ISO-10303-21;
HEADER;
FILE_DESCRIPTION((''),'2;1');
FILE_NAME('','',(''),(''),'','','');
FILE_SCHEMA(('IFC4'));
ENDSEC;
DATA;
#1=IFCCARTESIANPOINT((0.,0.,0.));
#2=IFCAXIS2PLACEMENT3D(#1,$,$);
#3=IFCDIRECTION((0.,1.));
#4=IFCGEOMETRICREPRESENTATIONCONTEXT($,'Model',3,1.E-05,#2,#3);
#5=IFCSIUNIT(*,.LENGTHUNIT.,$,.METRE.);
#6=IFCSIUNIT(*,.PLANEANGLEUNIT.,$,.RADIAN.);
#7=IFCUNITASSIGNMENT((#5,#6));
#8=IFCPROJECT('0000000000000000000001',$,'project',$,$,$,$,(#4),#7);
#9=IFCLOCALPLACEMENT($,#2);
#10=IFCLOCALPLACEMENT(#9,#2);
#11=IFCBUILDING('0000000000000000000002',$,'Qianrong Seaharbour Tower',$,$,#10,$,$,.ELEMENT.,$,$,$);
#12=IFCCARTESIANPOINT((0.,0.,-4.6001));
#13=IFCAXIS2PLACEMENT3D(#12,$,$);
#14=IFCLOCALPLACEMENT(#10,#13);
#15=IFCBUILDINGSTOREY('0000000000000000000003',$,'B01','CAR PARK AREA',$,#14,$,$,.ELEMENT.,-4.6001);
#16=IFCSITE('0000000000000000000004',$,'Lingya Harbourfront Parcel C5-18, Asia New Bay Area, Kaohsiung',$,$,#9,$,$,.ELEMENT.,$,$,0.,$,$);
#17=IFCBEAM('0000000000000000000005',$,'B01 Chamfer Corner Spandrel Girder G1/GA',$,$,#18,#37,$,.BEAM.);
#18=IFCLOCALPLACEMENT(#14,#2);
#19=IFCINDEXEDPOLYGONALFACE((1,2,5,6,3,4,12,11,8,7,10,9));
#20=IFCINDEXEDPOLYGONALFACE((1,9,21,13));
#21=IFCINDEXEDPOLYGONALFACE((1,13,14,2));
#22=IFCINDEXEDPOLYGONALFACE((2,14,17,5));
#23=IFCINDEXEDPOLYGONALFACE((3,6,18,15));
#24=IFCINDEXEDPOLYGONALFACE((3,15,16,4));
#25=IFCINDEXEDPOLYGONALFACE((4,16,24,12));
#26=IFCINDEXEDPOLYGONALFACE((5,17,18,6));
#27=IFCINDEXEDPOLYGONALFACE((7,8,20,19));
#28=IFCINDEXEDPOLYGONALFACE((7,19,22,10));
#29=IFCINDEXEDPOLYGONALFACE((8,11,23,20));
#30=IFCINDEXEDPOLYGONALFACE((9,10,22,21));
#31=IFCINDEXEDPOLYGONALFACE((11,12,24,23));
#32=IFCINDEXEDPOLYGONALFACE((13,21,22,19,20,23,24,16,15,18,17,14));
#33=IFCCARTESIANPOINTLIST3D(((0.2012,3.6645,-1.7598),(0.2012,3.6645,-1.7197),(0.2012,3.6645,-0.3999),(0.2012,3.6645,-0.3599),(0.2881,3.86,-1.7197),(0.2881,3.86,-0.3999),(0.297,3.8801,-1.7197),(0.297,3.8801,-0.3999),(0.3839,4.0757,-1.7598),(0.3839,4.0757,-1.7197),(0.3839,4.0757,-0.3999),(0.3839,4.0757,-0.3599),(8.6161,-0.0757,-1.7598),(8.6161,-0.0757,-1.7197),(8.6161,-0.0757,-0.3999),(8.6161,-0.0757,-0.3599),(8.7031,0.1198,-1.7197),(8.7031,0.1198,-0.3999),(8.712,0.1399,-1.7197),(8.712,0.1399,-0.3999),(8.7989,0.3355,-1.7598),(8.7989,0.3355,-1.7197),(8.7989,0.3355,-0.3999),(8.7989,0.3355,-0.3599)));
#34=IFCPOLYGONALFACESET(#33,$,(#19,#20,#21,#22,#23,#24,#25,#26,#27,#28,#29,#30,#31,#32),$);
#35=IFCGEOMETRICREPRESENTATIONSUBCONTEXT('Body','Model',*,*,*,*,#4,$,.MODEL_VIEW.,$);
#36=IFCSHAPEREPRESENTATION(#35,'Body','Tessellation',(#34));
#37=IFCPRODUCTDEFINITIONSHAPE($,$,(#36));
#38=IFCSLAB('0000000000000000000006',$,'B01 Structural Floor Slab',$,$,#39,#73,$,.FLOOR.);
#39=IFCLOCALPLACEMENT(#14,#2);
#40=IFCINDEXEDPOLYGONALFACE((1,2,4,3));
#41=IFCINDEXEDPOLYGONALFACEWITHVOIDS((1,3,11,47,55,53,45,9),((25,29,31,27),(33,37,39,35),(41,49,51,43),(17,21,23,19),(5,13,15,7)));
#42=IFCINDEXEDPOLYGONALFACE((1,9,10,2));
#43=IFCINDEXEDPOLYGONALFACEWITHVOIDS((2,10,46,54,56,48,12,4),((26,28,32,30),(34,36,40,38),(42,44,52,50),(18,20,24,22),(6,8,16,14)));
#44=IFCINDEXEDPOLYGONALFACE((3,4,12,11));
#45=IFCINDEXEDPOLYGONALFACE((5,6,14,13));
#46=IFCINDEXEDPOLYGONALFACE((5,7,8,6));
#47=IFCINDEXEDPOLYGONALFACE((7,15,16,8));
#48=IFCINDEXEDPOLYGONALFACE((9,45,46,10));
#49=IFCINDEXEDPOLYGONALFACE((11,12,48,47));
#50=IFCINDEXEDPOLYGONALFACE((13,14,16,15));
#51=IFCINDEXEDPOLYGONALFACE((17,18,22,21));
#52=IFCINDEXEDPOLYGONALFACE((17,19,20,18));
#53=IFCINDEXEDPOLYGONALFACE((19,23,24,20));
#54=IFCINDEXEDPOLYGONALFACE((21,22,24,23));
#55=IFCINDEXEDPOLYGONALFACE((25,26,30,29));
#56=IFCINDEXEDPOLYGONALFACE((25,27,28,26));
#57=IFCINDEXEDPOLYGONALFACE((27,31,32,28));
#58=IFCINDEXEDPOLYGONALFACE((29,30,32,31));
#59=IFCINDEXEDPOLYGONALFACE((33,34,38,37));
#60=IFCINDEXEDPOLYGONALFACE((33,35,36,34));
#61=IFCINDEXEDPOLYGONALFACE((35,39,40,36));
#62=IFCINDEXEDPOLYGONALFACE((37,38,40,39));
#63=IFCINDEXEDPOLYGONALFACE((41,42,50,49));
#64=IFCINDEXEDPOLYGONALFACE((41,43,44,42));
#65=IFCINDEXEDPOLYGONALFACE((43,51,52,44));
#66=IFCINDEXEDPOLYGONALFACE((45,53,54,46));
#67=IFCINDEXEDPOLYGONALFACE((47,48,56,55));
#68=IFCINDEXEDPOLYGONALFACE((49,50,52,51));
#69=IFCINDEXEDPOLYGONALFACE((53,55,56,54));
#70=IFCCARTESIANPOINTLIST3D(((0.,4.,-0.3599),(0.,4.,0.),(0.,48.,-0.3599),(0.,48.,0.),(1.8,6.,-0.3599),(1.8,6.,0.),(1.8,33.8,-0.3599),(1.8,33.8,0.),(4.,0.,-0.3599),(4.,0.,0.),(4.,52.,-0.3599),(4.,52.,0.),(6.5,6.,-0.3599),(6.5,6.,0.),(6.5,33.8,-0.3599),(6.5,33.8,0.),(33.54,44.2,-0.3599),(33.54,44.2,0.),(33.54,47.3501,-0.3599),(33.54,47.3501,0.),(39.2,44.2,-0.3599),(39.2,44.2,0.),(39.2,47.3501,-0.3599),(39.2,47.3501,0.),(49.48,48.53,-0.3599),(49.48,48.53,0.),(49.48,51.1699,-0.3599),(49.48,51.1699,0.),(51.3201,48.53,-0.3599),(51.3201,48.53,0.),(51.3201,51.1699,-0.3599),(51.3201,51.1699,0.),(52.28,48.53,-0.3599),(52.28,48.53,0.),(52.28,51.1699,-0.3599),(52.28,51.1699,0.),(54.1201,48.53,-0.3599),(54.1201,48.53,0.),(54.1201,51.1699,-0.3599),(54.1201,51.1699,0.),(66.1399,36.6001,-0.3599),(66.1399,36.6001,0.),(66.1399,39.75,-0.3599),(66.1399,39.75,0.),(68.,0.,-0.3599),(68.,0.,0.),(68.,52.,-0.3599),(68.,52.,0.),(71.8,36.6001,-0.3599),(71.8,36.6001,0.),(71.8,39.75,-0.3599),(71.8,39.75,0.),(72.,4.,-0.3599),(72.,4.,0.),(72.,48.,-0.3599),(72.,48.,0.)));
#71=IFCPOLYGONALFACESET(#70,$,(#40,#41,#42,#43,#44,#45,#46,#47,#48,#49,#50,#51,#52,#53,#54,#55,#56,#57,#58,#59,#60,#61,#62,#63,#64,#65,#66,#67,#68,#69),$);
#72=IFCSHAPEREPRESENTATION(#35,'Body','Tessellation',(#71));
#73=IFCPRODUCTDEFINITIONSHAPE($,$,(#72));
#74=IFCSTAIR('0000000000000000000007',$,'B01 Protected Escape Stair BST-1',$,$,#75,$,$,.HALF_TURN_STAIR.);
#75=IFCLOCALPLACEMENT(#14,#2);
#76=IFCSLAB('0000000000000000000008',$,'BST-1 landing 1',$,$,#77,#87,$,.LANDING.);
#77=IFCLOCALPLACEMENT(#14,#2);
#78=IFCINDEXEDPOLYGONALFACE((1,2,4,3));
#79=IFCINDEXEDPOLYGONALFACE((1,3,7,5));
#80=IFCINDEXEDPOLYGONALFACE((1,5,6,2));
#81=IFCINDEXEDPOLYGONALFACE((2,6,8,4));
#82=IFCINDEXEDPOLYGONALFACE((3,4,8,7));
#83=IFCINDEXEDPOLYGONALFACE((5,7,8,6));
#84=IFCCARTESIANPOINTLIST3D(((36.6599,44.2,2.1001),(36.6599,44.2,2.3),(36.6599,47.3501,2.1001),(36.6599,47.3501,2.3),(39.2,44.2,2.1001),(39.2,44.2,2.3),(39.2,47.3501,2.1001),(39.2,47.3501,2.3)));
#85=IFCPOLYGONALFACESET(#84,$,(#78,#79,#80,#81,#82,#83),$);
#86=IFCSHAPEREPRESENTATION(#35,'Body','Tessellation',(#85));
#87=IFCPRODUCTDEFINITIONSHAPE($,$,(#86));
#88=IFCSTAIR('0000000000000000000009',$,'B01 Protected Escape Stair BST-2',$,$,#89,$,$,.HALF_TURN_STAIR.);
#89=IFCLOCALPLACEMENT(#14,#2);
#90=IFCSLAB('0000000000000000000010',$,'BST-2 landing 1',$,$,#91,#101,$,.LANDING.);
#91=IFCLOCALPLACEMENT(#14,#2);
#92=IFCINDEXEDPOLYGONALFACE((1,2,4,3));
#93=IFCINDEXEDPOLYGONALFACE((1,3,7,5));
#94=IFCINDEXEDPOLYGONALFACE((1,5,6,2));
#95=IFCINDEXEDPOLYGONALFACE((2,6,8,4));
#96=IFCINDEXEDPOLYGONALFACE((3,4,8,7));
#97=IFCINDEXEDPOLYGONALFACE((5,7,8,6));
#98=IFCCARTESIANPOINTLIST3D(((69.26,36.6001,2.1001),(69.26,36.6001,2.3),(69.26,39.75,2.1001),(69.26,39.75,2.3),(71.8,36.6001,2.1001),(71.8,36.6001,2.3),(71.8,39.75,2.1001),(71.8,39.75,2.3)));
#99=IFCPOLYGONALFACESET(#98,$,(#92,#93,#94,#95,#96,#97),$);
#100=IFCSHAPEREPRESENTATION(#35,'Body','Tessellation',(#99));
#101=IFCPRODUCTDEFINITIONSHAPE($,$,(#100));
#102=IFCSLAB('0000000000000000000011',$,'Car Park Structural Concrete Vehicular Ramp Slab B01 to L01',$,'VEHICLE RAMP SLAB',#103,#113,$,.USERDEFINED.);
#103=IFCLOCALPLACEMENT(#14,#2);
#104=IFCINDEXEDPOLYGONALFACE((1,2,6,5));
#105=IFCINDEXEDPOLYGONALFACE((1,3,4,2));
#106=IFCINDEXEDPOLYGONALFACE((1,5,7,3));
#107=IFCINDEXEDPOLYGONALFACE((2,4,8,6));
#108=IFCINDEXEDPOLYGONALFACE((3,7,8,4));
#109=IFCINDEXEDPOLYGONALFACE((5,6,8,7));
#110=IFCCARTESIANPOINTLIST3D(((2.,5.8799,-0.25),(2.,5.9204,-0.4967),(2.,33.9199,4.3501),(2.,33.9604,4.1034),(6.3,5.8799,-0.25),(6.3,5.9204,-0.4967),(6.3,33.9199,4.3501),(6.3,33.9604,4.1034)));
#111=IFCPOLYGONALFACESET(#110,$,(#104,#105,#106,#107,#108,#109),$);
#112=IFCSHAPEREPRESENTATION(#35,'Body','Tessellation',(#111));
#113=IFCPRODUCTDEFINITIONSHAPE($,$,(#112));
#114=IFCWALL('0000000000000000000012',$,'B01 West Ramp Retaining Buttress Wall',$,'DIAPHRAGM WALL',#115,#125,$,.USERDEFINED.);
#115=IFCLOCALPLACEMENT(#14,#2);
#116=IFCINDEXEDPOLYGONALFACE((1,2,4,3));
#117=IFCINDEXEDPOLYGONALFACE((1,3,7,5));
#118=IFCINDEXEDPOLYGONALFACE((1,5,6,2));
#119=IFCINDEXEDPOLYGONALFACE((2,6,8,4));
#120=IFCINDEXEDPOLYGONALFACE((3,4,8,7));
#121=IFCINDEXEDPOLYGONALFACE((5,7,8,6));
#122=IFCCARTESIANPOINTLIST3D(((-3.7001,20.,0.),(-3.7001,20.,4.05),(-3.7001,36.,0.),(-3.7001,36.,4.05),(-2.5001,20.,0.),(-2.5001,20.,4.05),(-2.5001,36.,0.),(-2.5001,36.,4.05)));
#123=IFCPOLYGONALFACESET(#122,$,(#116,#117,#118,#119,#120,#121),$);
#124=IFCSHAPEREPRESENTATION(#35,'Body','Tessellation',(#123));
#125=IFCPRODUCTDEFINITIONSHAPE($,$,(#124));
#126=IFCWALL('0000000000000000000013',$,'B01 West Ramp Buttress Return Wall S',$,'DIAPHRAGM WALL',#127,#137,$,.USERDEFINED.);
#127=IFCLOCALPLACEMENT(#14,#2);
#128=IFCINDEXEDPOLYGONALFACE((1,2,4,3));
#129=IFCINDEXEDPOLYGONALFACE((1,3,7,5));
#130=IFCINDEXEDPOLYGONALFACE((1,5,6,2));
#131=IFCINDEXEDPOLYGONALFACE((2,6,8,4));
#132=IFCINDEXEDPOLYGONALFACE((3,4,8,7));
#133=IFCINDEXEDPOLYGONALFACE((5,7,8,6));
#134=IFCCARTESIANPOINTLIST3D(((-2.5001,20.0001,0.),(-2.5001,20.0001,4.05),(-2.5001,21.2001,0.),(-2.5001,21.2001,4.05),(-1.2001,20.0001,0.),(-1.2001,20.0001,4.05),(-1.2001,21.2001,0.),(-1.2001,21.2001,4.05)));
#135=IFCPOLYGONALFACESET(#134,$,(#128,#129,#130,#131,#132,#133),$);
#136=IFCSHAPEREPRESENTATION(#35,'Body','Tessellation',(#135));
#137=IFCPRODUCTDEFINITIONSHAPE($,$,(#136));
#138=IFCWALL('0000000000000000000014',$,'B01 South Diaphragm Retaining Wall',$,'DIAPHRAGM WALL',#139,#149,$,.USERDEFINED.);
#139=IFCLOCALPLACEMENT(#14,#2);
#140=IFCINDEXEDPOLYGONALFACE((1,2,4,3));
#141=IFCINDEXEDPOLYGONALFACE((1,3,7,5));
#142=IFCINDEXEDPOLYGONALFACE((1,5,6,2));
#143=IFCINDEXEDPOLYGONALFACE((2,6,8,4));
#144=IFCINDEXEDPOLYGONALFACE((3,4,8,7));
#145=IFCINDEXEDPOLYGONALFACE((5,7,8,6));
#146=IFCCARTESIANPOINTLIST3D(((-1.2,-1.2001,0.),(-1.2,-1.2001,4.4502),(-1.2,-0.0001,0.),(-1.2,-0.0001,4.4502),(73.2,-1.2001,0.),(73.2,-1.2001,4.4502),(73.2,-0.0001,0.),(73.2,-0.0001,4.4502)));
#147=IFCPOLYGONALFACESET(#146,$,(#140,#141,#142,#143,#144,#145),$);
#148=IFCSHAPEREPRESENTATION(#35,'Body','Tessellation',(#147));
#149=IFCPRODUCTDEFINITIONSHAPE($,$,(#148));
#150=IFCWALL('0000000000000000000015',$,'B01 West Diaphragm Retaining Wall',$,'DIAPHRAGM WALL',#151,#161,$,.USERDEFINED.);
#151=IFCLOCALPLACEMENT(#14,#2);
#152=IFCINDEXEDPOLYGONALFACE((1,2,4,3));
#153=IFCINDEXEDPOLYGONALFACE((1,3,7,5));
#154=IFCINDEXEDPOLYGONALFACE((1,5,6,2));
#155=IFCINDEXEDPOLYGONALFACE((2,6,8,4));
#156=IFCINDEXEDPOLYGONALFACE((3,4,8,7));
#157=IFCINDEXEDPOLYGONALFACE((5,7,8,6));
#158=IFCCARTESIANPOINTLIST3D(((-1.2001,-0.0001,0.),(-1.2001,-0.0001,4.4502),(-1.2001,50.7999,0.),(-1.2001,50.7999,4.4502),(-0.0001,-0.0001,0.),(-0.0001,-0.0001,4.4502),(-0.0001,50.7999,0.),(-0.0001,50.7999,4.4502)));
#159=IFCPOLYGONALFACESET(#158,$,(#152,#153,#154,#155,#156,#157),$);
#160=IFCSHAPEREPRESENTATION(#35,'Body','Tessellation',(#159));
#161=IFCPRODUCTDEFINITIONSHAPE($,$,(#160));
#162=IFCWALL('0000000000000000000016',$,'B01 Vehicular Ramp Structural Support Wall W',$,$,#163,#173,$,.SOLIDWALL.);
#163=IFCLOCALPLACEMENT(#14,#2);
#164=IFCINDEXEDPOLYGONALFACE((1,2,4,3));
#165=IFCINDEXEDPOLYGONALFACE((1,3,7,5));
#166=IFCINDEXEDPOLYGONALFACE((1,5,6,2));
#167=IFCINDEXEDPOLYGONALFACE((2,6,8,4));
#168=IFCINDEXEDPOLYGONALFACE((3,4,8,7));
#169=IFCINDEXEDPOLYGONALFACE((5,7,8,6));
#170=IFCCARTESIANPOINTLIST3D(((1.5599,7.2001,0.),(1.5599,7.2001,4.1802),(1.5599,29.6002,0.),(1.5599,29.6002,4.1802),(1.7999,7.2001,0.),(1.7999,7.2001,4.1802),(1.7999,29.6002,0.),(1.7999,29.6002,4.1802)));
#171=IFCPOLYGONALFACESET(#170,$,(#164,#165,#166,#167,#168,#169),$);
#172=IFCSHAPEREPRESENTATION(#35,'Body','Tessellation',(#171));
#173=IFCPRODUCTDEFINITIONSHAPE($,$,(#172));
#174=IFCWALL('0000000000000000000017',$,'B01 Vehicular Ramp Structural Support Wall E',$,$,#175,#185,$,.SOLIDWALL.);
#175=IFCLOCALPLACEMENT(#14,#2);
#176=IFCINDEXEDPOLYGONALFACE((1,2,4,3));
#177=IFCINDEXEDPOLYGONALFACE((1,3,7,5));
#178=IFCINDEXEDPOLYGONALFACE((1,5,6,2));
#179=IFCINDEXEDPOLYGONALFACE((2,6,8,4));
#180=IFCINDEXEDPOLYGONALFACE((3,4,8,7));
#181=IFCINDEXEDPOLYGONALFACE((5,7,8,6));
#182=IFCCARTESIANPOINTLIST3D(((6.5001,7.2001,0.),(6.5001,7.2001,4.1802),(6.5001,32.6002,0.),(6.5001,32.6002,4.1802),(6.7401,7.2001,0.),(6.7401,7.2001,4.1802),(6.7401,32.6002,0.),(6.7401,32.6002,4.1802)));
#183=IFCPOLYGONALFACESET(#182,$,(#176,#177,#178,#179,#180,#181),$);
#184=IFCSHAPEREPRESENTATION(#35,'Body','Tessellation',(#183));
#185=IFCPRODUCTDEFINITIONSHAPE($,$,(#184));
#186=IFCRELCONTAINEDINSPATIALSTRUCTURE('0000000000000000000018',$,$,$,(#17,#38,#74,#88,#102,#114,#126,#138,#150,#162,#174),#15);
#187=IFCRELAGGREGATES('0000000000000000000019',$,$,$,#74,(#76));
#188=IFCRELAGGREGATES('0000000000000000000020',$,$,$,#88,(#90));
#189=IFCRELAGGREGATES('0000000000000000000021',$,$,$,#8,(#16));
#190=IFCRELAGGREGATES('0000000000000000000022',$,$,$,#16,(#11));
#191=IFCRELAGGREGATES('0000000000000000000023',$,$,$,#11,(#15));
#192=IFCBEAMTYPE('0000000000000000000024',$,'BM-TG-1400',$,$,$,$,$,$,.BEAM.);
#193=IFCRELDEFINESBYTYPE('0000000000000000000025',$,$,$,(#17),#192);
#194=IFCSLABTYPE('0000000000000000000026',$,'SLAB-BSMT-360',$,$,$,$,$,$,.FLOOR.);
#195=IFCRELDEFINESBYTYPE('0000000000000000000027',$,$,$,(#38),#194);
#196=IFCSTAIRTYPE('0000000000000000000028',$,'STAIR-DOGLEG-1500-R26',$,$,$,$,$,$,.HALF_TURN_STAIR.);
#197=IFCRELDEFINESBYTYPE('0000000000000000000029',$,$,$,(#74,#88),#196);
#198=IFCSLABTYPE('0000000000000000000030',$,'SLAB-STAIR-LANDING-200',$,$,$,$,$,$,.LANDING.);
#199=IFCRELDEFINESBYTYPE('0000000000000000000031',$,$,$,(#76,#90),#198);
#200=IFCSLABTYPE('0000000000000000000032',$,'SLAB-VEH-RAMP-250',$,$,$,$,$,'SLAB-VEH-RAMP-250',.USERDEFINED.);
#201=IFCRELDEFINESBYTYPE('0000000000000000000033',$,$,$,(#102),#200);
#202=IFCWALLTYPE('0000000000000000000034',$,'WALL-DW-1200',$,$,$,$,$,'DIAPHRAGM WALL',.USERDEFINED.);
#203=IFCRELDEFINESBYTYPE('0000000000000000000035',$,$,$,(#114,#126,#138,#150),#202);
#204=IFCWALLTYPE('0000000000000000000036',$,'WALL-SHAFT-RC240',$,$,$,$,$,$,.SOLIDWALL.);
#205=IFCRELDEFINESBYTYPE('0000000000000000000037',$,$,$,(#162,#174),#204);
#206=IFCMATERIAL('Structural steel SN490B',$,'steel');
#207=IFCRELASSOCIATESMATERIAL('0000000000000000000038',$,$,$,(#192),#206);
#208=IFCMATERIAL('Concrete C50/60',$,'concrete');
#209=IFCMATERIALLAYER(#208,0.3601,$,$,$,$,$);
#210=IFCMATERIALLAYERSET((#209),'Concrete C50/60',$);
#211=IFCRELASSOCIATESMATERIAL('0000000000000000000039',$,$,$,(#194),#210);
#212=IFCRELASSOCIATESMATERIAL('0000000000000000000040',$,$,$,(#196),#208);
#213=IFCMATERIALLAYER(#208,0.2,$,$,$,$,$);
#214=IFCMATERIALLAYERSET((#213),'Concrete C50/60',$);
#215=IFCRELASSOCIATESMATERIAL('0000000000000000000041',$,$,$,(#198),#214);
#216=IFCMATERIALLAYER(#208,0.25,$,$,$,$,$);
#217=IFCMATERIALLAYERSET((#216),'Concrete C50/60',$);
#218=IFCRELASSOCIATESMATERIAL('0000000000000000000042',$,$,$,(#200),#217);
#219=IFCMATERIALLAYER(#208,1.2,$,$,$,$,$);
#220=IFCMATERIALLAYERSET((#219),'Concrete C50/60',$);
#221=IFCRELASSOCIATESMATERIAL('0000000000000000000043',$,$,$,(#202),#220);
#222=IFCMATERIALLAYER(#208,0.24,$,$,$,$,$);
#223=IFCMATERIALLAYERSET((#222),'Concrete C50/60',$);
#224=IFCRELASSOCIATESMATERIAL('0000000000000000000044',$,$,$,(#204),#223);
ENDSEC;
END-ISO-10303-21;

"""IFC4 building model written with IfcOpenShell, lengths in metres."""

from ifc_helpers import new_model, si_unit, direction, frame, frame_2d, origin, origin_2d, place, context, subcontext, project, spatial, polyline, rectangle, i_section, outline, extrude, material, layer, layer_set, material_profile, profile_set, type_object, element, aggregate, save


model = new_model("IFC4")

# Units and contexts
model_context = context("Model", 3, precision=1e-05, world=origin(), true_north=direction((0.0, 1.0)))
body_context = subcontext(model_context, "Body", "Model", "MODEL_VIEW")
ifc_project = project(units=[si_unit("LENGTHUNIT", "METRE"), si_unit("PLANEANGLEUNIT", "RADIAN")], contexts=[model_context])

# Site, building, storey
site_placement = place(None, origin())
site = spatial("IfcSite", under=ifc_project, at=site_placement, Name="Lingya Harbourfront Parcel C5-18, Asia New Bay Area, Kaohsiung", CompositionType="ELEMENT", RefElevation=0.0)
building_placement = place(site_placement, origin())
building = spatial("IfcBuilding", under=site, at=building_placement, Name="Qianrong Seaharbour Tower", CompositionType="ELEMENT")
storey_placement = place(building_placement, frame((0.0, 0.0, -4.6001)))
storey = spatial("IfcBuildingStorey", under=building, at=storey_placement, Name="B01", Description="CAR PARK AREA", CompositionType="ELEMENT", Elevation=-4.6001)

# Shared definitions
ifc_material_1 = material(Name="Structural steel SN490B", Category="steel")

# Beam
ifc_material_2 = material(Name="Concrete C50/60", Category="concrete")
ifc_material_profile_1 = material_profile(ifc_material_1, i_section(OverallWidth=0.45, OverallDepth=1.3999, WebThickness=0.022, FlangeThickness=0.04, at=origin_2d()), Name="BH1400x450x22x40")
ifc_profile_set_1 = profile_set([ifc_material_profile_1], Name="Structural steel SN490B")
beam_type_1 = type_object("IfcBeamType", Name="BM-TG-1400", PredefinedType="BEAM", material=ifc_profile_set_1)
beam_1_placement = place(storey_placement, frame((8.7075, 0.1299, -1.0598), z_axis=(-0.913803, 0.406158, 0.0), x_axis=(-0.406158, -0.913803, 0.0)))
element("IfcBeam", 1, at=beam_1_placement, inside=storey, type_object=beam_type_1, Name="B01 Chamfer Corner Spandrel Girder G1/GA", PredefinedType="BEAM", context=body_context, shape_type="SweptSolid", body=[
    extrude(i_section(OverallWidth=0.45, OverallDepth=1.3999, WebThickness=0.022, FlangeThickness=0.04, at=origin_2d()), origin(), (0.0, 0.0, 1.0), 9.2087),
])

# Slab
ifc_layer_1 = layer(ifc_material_2, 0.3601)
ifc_layer_set_1 = layer_set([ifc_layer_1], Name="Concrete C50/60")
slab_type_1 = type_object("IfcSlabType", Name="SLAB-BSMT-360", PredefinedType="FLOOR", material=ifc_layer_set_1)
slab_1_placement = place(storey_placement, frame((0.0, 0.0, -0.3599)))
element("IfcSlab", 2, at=slab_1_placement, inside=storey, type_object=slab_type_1, Name="B01 Structural Floor Slab", PredefinedType="FLOOR", context=body_context, shape_type="SweptSolid", body=[
    extrude(outline(polyline([(4.0, 0.0), (68.0, 0.0), (72.0, 4.0), (72.0, 48.0), (68.0, 52.0), (4.0, 52.0), (0.0, 48.0), (0.0, 4.0), (4.0, 0.0)]), holes=[polyline([(33.54, 44.2), (33.54, 47.3501), (39.2, 47.3501), (39.2, 44.2), (33.54, 44.2)]), polyline([(66.1399, 36.6001), (66.1399, 39.75), (71.8, 39.75), (71.8, 36.6001), (66.1399, 36.6001)]), polyline([(49.48, 48.53), (49.48, 51.1699), (51.3201, 51.1699), (51.3201, 48.53), (49.48, 48.53)]), polyline([(52.28, 48.53), (52.28, 51.1699), (54.1201, 51.1699), (54.1201, 48.53), (52.28, 48.53)]), polyline([(1.8, 6.0), (6.5, 6.0), (6.5, 33.8), (1.8, 33.8), (1.8, 6.0)])]), origin(), (0.0, 0.0, 1.0), 0.3599),
])

# Stairs, slabs
stair_type = type_object("IfcStairType", Name="STAIR-DOGLEG-1500-R26", PredefinedType="HALF_TURN_STAIR", material=ifc_material_2)
stair_1_placement = place(storey_placement, origin())
stair_1 = element("IfcStair", 3, at=stair_1_placement, inside=storey, type_object=stair_type, Name="B01 Protected Escape Stair BST-1", PredefinedType="HALF_TURN_STAIR")
ifc_layer_2 = layer(ifc_material_2, 0.2)
ifc_layer_set_2 = layer_set([ifc_layer_2], Name="Concrete C50/60")
slab_type_2 = type_object("IfcSlabType", Name="SLAB-STAIR-LANDING-200", PredefinedType="LANDING", material=ifc_layer_set_2)
slab_2_placement = place(storey_placement, frame((0.0, 0.0, 2.1001)))
slab_2 = element("IfcSlab", 4, at=slab_2_placement, type_object=slab_type_2, Name="BST-1 landing 1", PredefinedType="LANDING", context=body_context, shape_type="SweptSolid", body=[
    extrude(outline(polyline([(36.6599, 44.2), (39.2, 44.2), (39.2, 47.3501), (36.6599, 47.3501), (36.6599, 44.2)])), origin(), (0.0, 0.0, 1.0), 0.2),
])
aggregate(stair_1, [slab_2])
stair_2_placement = place(storey_placement, origin())
stair_2 = element("IfcStair", 5, at=stair_2_placement, inside=storey, type_object=stair_type, Name="B01 Protected Escape Stair BST-2", PredefinedType="HALF_TURN_STAIR")
slab_3_placement = place(storey_placement, frame((0.0, 0.0, 2.1001)))
slab_3 = element("IfcSlab", 6, at=slab_3_placement, type_object=slab_type_2, Name="BST-2 landing 1", PredefinedType="LANDING", context=body_context, shape_type="SweptSolid", body=[
    extrude(outline(polyline([(69.26, 36.6001), (71.8, 36.6001), (71.8, 39.75), (69.26, 39.75), (69.26, 36.6001)])), origin(), (0.0, 0.0, 1.0), 0.2),
])
aggregate(stair_2, [slab_3])

# Slab
ifc_layer_3 = layer(ifc_material_2, 0.25)
ifc_layer_set_3 = layer_set([ifc_layer_3], Name="Concrete C50/60")
slab_type_3 = type_object("IfcSlabType", Name="SLAB-VEH-RAMP-250", ElementType="SLAB-VEH-RAMP-250", PredefinedType="USERDEFINED", material=ifc_layer_set_3)
slab_4_placement = place(storey_placement, frame((2.0, 5.8799, -0.25), z_axis=(0.0, -0.161891, 0.986809), x_axis=(1.0, 0.0, 0.0)))
element("IfcSlab", 7, at=slab_4_placement, inside=storey, type_object=slab_type_3, Name="Car Park Structural Concrete Vehicular Ramp Slab B01 to L01", ObjectType="VEHICLE RAMP SLAB", PredefinedType="USERDEFINED", context=body_context, shape_type="SweptSolid", body=[
    extrude(outline(polyline([(0.0, 0.0), (4.3, 0.0), (4.3, 28.4149), (0.0, 28.4149), (0.0, 0.0)])), origin(), (0.0, 0.0, -1.0), 0.25),
])

# Walls
ifc_layer_4 = layer(ifc_material_2, 1.2)
ifc_layer_set_4 = layer_set([ifc_layer_4], Name="Concrete C50/60")
wall_type_1 = type_object("IfcWallType", Name="WALL-DW-1200", ElementType="DIAPHRAGM WALL", PredefinedType="USERDEFINED", material=ifc_layer_set_4)
wall_1_placement = place(storey_placement, frame((-3.1001, 20.0, 0.0), z_axis=(0.0, 0.0, 1.0), x_axis=(0.0, 1.0, 0.0)))
element("IfcWall", 8, at=wall_1_placement, inside=storey, type_object=wall_type_1, Name="B01 West Ramp Retaining Buttress Wall", ObjectType="DIAPHRAGM WALL", PredefinedType="USERDEFINED", context=body_context, shape_type="SweptSolid", body=[
    extrude(rectangle(XDim=16.0, YDim=1.2, at=frame_2d((8.0, 0.0))), origin(), (0.0, 0.0, 1.0), 4.05),
])
wall_2_placement = place(storey_placement, frame((-2.5, 20.6001, 0.0), z_axis=(0.0, 0.0, 1.0), x_axis=(1.0, 0.0, 0.0)))
element("IfcWall", 9, at=wall_2_placement, inside=storey, type_object=wall_type_1, Name="B01 West Ramp Buttress Return Wall S", ObjectType="DIAPHRAGM WALL", PredefinedType="USERDEFINED", context=body_context, shape_type="SweptSolid", body=[
    extrude(rectangle(XDim=1.3, YDim=1.2, at=frame_2d((0.6499, 0.0))), origin(), (0.0, 0.0, 1.0), 4.05),
])
wall_3_placement = place(storey_placement, frame((-1.2, -0.6001, 0.0), z_axis=(0.0, 0.0, 1.0), x_axis=(1.0, 0.0, 0.0)))
element("IfcWall", 10, at=wall_3_placement, inside=storey, type_object=wall_type_1, Name="B01 South Diaphragm Retaining Wall", ObjectType="DIAPHRAGM WALL", PredefinedType="USERDEFINED", context=body_context, shape_type="SweptSolid", body=[
    extrude(rectangle(XDim=74.3999, YDim=1.2, at=frame_2d((37.2, 0.0))), origin(), (0.0, 0.0, 1.0), 4.4502),
])
wall_4_placement = place(storey_placement, frame((-0.6001, 0.0, 0.0), z_axis=(0.0, 0.0, 1.0), x_axis=(0.0, 1.0, 0.0)))
element("IfcWall", 11, at=wall_4_placement, inside=storey, type_object=wall_type_1, Name="B01 West Diaphragm Retaining Wall", ObjectType="DIAPHRAGM WALL", PredefinedType="USERDEFINED", context=body_context, shape_type="SweptSolid", body=[
    extrude(rectangle(XDim=50.8, YDim=1.2, at=frame_2d((25.3999, 0.0))), origin(), (0.0, 0.0, 1.0), 4.4502),
])
ifc_layer_5 = layer(ifc_material_2, 0.24)
ifc_layer_set_5 = layer_set([ifc_layer_5], Name="Concrete C50/60")
wall_type_2 = type_object("IfcWallType", Name="WALL-SHAFT-RC240", PredefinedType="SOLIDWALL", material=ifc_layer_set_5)
wall_5_placement = place(storey_placement, frame((1.6799, 7.2, 0.0), z_axis=(0.0, 0.0, 1.0), x_axis=(0.0, 1.0, 0.0)))
element("IfcWall", 12, at=wall_5_placement, inside=storey, type_object=wall_type_2, Name="B01 Vehicular Ramp Structural Support Wall W", PredefinedType="SOLIDWALL", context=body_context, shape_type="SweptSolid", body=[
    extrude(rectangle(XDim=22.4001, YDim=0.24, at=frame_2d((11.2002, 0.0))), origin(), (0.0, 0.0, 1.0), 4.1802),
])
wall_6_placement = place(storey_placement, frame((6.6201, 7.2, 0.0), z_axis=(0.0, 0.0, 1.0), x_axis=(0.0, 1.0, 0.0)))
element("IfcWall", 13, at=wall_6_placement, inside=storey, type_object=wall_type_2, Name="B01 Vehicular Ramp Structural Support Wall E", PredefinedType="SOLIDWALL", context=body_context, shape_type="SweptSolid", body=[
    extrude(rectangle(XDim=25.4001, YDim=0.24, at=frame_2d((12.7002, 0.0))), origin(), (0.0, 0.0, 1.0), 4.1802),
])

save(model, "model.ifc")
